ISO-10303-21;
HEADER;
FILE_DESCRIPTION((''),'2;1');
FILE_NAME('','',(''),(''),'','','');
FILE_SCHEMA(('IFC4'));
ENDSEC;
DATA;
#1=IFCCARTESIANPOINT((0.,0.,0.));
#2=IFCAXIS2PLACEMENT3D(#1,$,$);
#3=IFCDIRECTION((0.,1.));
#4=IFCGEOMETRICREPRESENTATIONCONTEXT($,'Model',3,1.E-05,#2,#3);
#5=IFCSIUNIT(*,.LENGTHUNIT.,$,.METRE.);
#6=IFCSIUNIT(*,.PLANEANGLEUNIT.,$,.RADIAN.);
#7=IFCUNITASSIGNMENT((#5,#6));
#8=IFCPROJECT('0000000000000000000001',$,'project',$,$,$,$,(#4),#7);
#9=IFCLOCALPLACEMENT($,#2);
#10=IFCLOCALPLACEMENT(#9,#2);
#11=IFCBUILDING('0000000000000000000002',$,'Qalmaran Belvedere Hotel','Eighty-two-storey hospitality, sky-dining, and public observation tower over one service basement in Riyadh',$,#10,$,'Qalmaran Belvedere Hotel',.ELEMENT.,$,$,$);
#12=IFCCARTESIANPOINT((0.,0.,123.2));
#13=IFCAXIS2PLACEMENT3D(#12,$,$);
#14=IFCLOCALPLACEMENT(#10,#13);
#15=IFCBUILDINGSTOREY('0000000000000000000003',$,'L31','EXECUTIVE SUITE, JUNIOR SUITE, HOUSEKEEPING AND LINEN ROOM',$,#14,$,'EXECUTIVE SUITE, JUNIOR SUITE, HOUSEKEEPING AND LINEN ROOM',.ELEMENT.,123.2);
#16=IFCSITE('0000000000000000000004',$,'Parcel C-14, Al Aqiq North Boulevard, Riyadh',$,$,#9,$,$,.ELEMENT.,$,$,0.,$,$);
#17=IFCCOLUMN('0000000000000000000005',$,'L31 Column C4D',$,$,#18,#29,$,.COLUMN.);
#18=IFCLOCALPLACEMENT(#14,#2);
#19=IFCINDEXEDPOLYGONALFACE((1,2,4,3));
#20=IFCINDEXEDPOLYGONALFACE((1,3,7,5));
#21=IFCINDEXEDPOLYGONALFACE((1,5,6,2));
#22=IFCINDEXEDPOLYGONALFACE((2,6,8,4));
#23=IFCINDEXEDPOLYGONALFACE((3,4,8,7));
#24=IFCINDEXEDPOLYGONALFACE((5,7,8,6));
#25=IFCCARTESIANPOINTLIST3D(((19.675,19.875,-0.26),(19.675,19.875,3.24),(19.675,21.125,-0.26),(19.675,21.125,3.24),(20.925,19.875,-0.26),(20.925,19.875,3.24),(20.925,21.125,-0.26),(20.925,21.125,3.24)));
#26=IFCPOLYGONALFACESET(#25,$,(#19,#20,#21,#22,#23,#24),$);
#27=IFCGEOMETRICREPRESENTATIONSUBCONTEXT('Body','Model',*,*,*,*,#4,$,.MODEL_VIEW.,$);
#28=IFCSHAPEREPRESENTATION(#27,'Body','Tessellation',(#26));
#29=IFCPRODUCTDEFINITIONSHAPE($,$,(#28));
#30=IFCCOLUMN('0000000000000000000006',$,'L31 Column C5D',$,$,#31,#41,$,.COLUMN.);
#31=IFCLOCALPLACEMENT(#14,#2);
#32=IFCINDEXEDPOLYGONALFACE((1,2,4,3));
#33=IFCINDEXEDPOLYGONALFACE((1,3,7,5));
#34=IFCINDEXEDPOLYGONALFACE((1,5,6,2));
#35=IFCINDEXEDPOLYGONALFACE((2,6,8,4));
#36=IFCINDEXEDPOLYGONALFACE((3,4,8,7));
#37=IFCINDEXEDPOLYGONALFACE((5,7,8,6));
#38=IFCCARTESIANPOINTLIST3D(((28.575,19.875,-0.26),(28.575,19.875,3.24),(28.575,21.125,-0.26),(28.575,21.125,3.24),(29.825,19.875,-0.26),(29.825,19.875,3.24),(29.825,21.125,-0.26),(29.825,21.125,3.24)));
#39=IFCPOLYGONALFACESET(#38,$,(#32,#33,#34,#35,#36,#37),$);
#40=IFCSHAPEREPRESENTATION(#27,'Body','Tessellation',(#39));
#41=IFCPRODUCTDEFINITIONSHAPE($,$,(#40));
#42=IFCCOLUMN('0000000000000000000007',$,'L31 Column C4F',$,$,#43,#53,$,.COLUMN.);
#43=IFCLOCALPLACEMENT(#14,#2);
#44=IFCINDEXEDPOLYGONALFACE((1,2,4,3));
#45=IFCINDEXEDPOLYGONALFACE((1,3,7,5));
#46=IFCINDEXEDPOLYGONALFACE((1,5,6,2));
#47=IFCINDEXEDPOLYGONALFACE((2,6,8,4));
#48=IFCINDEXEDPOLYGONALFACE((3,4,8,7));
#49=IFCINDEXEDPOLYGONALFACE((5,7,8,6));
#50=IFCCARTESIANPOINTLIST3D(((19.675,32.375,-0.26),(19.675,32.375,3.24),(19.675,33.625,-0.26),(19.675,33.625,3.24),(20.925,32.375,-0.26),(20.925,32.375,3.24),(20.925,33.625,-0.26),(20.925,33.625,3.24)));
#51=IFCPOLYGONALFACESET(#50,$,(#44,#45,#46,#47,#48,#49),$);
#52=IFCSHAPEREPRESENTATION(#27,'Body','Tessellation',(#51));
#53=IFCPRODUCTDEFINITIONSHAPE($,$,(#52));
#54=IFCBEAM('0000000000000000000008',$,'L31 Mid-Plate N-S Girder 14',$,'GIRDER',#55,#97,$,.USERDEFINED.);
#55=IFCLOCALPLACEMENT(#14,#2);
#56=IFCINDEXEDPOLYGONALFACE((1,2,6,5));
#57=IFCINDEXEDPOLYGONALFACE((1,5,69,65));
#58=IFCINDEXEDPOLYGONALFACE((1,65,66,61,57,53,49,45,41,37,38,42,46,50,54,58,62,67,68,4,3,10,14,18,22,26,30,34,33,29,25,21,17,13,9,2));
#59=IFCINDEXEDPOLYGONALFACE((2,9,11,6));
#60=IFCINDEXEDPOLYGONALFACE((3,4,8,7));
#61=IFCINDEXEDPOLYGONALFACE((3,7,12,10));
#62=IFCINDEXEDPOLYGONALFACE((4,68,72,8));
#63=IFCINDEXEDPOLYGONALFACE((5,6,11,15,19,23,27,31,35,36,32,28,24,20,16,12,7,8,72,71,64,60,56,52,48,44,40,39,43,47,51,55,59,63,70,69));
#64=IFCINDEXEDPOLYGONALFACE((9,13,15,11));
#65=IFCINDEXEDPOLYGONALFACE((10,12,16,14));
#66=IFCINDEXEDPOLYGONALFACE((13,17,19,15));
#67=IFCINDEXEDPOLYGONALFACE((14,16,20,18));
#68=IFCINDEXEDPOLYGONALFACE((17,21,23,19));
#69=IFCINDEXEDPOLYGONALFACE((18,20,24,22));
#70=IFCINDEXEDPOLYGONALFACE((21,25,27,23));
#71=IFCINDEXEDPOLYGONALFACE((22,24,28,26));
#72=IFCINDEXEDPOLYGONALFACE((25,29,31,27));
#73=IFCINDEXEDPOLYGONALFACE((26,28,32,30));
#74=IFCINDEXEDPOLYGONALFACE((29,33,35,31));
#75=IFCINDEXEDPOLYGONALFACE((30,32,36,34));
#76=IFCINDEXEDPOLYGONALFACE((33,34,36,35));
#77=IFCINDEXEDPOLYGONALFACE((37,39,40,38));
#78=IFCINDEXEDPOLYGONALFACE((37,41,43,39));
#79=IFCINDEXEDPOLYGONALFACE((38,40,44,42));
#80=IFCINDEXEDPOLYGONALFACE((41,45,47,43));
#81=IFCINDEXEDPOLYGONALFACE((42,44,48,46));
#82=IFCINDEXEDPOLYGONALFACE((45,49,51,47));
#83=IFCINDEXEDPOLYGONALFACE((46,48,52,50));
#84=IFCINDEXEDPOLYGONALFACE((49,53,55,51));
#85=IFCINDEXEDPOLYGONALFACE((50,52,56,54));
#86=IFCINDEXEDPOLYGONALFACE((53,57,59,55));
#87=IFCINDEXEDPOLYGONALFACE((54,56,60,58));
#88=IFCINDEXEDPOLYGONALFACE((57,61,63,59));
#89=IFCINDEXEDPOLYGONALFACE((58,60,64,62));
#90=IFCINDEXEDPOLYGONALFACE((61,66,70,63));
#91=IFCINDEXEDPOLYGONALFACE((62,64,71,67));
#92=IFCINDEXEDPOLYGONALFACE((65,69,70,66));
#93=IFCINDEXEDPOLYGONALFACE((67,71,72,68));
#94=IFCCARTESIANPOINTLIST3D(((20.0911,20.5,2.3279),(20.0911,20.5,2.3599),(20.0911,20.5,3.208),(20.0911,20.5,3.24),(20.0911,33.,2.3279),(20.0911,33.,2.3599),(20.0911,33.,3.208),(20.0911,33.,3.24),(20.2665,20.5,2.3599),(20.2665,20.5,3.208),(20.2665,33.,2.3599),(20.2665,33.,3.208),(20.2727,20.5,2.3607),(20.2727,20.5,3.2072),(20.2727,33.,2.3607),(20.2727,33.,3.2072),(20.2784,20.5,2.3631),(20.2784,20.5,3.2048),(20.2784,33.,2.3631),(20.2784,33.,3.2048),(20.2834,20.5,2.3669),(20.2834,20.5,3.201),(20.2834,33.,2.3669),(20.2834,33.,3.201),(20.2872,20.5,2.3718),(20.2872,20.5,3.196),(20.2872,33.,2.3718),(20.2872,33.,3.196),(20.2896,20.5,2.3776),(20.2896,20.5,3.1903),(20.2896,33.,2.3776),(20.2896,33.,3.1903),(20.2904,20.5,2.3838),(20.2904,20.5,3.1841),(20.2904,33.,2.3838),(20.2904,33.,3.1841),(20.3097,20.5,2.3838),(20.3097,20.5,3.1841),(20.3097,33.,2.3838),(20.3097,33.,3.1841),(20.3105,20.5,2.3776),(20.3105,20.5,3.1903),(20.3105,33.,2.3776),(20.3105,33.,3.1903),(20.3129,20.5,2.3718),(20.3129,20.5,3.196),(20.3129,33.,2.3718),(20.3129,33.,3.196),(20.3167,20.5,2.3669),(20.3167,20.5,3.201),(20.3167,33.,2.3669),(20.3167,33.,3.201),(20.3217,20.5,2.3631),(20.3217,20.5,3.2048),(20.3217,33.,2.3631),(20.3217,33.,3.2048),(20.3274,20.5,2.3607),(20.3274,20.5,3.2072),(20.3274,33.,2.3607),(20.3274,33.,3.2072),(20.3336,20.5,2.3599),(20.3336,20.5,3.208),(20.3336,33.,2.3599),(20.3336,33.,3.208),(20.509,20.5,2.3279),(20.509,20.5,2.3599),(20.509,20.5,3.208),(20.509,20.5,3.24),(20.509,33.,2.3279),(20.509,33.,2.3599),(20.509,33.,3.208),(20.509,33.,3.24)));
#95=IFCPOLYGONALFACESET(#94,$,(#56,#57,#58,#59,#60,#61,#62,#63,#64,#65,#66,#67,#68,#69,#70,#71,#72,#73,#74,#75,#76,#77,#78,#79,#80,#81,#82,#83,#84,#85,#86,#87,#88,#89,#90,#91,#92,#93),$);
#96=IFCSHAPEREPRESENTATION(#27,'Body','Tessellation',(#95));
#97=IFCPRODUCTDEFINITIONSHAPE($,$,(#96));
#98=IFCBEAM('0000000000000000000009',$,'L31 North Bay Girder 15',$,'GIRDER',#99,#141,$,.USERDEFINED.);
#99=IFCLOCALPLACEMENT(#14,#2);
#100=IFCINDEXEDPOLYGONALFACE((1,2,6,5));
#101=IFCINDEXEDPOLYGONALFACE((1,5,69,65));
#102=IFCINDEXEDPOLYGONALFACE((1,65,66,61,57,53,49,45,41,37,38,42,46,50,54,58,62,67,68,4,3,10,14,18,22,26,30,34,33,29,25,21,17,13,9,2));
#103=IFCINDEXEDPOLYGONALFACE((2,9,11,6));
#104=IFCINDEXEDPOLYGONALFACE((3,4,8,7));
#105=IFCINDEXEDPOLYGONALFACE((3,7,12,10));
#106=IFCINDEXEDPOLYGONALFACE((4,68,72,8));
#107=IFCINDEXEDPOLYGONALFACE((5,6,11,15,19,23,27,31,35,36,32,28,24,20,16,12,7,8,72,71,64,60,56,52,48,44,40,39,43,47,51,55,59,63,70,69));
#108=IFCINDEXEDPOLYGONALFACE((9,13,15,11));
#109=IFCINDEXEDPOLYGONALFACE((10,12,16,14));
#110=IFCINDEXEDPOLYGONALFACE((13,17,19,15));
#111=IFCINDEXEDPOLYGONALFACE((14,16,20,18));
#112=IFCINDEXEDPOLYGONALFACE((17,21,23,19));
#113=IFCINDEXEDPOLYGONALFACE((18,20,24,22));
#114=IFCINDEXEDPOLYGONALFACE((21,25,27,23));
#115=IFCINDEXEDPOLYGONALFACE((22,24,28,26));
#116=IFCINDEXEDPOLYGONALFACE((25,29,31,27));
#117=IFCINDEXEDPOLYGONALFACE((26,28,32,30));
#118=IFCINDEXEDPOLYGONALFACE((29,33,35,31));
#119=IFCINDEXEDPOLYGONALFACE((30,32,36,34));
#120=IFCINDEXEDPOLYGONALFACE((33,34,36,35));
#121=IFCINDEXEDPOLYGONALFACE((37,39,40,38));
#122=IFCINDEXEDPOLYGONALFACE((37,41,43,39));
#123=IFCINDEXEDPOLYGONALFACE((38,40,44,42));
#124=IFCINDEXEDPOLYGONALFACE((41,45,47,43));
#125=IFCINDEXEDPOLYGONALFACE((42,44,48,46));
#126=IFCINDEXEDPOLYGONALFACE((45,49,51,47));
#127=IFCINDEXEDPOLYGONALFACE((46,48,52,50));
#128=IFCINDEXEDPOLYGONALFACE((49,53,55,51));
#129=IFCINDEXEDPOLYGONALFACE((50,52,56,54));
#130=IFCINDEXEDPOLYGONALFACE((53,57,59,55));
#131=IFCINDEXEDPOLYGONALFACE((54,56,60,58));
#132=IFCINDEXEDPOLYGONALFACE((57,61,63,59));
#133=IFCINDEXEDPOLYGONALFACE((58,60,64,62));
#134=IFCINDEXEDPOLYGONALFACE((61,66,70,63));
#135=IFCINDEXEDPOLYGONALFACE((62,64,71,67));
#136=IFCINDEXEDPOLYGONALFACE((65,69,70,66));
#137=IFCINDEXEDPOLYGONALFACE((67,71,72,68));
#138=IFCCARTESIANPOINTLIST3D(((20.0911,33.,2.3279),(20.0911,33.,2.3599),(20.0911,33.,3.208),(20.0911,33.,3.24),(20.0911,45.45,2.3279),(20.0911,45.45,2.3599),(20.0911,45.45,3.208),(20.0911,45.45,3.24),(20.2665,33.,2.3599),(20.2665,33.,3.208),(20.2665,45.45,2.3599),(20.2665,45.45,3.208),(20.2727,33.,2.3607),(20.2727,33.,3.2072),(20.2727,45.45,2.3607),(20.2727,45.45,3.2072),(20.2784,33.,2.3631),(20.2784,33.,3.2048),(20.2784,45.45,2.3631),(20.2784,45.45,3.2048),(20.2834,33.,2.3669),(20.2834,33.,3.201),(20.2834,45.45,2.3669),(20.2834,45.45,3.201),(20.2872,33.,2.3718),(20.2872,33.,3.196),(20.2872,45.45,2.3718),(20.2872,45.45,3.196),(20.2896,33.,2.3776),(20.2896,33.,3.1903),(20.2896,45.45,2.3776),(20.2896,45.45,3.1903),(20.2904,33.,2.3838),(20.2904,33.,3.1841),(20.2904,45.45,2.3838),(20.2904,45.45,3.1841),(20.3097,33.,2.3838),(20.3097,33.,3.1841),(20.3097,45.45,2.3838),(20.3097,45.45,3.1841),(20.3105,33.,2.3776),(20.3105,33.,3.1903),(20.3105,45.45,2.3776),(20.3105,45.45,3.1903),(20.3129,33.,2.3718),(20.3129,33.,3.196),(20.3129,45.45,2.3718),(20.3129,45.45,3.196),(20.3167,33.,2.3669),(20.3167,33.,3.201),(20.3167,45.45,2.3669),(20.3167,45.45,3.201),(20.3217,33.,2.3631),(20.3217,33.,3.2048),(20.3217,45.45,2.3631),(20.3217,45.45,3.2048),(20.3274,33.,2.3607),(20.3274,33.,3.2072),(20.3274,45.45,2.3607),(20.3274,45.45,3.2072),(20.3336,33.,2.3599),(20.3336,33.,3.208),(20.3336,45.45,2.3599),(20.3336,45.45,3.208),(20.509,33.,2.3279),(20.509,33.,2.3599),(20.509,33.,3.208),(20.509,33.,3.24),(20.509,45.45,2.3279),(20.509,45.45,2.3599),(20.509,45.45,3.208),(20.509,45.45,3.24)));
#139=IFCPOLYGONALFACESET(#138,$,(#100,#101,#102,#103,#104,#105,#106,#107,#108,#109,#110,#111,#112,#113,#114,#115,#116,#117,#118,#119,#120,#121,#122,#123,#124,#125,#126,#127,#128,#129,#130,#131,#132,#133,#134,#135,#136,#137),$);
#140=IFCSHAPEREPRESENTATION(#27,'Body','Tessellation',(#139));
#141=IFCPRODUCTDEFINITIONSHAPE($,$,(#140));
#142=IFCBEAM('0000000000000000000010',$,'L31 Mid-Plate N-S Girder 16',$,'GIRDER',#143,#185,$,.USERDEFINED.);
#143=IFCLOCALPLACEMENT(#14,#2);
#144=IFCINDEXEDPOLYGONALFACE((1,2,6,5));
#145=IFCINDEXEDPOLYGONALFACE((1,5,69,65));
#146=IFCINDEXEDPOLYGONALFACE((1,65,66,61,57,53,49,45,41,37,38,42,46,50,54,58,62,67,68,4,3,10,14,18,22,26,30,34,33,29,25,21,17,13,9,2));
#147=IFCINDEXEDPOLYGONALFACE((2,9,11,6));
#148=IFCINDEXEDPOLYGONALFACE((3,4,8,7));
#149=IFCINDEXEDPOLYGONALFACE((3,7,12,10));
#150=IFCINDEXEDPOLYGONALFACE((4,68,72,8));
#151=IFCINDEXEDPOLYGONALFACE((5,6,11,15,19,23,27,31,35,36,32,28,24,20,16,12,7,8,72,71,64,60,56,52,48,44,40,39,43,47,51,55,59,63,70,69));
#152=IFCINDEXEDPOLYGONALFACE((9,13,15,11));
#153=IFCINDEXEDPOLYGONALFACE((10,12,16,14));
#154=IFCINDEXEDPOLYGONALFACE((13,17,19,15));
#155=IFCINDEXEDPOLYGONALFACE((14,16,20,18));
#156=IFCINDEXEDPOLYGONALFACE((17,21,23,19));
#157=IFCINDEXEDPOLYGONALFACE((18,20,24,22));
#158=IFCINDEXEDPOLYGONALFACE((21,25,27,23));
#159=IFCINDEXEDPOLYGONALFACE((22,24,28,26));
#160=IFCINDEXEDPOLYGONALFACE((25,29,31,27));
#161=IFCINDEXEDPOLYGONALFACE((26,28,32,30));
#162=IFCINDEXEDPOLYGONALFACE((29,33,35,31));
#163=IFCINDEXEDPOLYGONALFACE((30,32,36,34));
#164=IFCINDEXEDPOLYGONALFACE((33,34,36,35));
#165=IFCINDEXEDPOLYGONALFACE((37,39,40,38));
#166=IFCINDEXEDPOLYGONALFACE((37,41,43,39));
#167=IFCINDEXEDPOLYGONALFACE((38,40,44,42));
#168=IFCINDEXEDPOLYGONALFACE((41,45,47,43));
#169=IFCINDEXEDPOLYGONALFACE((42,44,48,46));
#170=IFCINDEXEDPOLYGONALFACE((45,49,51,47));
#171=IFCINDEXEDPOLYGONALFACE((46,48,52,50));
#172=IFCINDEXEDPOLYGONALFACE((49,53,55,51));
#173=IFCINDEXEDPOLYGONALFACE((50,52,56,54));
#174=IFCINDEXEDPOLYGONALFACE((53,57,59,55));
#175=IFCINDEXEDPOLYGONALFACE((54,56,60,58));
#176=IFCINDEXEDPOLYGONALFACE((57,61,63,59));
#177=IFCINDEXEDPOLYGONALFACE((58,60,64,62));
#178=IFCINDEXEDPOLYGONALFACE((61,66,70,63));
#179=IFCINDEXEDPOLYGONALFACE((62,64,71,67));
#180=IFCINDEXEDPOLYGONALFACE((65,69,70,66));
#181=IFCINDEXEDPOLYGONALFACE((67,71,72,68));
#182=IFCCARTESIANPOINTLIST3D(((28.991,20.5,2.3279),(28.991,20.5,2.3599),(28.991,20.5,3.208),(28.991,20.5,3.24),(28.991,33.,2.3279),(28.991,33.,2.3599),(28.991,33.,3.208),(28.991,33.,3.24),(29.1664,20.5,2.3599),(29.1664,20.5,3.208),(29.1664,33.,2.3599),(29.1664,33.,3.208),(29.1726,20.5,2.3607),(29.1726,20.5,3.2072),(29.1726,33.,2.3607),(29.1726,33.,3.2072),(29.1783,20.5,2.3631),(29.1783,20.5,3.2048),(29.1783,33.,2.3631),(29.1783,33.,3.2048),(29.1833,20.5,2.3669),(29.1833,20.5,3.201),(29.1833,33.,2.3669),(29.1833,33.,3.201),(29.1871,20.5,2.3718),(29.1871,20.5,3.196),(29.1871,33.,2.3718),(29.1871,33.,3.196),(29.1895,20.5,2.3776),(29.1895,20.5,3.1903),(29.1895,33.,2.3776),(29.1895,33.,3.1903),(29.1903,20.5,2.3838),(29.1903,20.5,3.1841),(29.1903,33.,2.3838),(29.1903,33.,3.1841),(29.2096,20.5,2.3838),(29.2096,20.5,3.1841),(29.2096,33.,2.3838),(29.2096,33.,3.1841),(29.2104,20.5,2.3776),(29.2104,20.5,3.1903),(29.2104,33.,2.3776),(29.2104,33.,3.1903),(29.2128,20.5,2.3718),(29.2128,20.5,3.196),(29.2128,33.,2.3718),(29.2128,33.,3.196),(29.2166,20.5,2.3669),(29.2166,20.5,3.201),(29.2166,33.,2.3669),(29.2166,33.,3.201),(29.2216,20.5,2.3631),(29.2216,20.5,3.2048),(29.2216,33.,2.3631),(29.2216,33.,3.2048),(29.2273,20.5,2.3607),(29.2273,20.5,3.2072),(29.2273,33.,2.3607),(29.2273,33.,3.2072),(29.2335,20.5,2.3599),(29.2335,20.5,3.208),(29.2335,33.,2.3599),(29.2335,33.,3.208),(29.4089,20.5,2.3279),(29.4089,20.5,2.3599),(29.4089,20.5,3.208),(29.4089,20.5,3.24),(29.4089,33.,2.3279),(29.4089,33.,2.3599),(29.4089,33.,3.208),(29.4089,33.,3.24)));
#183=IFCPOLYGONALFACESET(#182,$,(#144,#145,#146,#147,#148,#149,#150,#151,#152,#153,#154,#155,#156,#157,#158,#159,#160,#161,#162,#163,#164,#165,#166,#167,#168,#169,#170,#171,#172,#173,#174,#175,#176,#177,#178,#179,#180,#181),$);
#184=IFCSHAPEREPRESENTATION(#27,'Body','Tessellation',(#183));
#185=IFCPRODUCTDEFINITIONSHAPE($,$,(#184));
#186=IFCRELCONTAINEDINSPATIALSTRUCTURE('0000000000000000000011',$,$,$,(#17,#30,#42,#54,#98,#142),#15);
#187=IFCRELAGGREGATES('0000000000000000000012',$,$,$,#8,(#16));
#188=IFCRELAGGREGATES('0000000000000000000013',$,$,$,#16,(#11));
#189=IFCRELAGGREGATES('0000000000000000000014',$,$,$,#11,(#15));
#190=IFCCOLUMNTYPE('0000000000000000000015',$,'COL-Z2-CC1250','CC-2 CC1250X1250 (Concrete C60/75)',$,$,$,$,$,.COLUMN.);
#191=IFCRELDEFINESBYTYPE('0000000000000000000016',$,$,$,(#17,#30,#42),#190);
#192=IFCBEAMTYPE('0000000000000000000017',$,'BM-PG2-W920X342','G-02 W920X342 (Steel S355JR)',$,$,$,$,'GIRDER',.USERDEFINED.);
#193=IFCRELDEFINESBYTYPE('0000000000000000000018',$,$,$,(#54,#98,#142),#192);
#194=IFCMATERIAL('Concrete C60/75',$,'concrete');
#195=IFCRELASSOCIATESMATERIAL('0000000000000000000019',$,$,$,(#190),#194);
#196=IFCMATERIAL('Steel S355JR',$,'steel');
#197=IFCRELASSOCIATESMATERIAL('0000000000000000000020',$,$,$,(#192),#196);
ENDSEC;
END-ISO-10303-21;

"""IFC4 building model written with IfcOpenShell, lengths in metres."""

from ifc_helpers import new_model, si_unit, direction, frame, origin, origin_2d, place, context, subcontext, project, spatial, rectangle, i_section, extrude, material, material_profile, profile_set, type_object, element, save


model = new_model("IFC4")

# Units and contexts
model_context = context("Model", 3, precision=1e-05, world=origin(), true_north=direction((0.0, 1.0)))
body_context = subcontext(model_context, "Body", "Model", "MODEL_VIEW")
ifc_project = project(units=[si_unit("LENGTHUNIT", "METRE"), si_unit("PLANEANGLEUNIT", "RADIAN")], contexts=[model_context])

# Site, building, storey
site_placement = place(None, origin())
site = spatial("IfcSite", under=ifc_project, at=site_placement, Name="Parcel C-14, Al Aqiq North Boulevard, Riyadh", CompositionType="ELEMENT", RefElevation=0.0)
building_placement = place(site_placement, origin())
building = spatial("IfcBuilding", under=site, at=building_placement, Name="Qalmaran Belvedere Hotel", Description="Eighty-two-storey hospitality, sky-dining, and public observation tower over one service basement in Riyadh", LongName="Qalmaran Belvedere Hotel", CompositionType="ELEMENT")
storey_placement = place(building_placement, frame((0.0, 0.0, 123.2)))
storey = spatial("IfcBuildingStorey", under=building, at=storey_placement, Name="L31", Description="EXECUTIVE SUITE, JUNIOR SUITE, HOUSEKEEPING AND LINEN ROOM", LongName="EXECUTIVE SUITE, JUNIOR SUITE, HOUSEKEEPING AND LINEN ROOM", CompositionType="ELEMENT", Elevation=123.2)

# Columns
ifc_material_1 = material(Name="Concrete C60/75", Category="concrete")
ifc_material_profile_1 = material_profile(ifc_material_1, rectangle(XDim=1.25, YDim=1.25, at=origin_2d()), Name="CC1250X1250")
ifc_profile_set_1 = profile_set([ifc_material_profile_1], Name="Concrete C60/75")
column_type = type_object("IfcColumnType", Name="COL-Z2-CC1250", Description="CC-2 CC1250X1250 (Concrete C60/75)", PredefinedType="COLUMN", material=ifc_profile_set_1)
for number, where, z_axis, x_axis, name in (
    (1, (20.3, 20.5, -0.26), (0.0, 0.0, 1.0), (1.0, 0.0, 0.0), "L31 Column C4D"),
    (2, (29.2, 20.5, -0.26), (0.0, 0.0, 1.0), (1.0, 0.0, 0.0), "L31 Column C5D"),
    (3, (20.3, 33.0, -0.26), (0.0, 0.0, 1.0), (1.0, 0.0, 0.0), "L31 Column C4F"),
):
    element("IfcColumn", number, at=place(storey_placement, frame(where, z_axis=z_axis, x_axis=x_axis)), inside=storey, type_object=column_type, Name=name, PredefinedType="COLUMN", context=body_context, shape_type="SweptSolid", body=[
        extrude(rectangle(XDim=1.25, YDim=1.25, at=origin_2d()), origin(), (0.0, 0.0, 1.0), 3.5),
    ])

# Beams
ifc_material_2 = material(Name="Steel S355JR", Category="steel")
ifc_material_profile_2 = material_profile(ifc_material_2, i_section(OverallWidth=0.418, OverallDepth=0.9121, WebThickness=0.0193, FlangeThickness=0.032, FilletRadius=0.0239, at=origin_2d()), Name="W920X342")
ifc_profile_set_2 = profile_set([ifc_material_profile_2], Name="Steel S355JR")
beam_type_1 = type_object("IfcBeamType", Name="BM-PG2-W920X342", Description="G-02 W920X342 (Steel S355JR)", ElementType="GIRDER", PredefinedType="USERDEFINED", material=ifc_profile_set_2)
beam_1_placement = place(storey_placement, frame((20.3, 20.5, 2.7839), z_axis=(0.0, 1.0, 0.0), x_axis=(-1.0, 0.0, 0.0)))
element("IfcBeam", 4, at=beam_1_placement, inside=storey, type_object=beam_type_1, Name="L31 Mid-Plate N-S Girder 14", ObjectType="GIRDER", PredefinedType="USERDEFINED", context=body_context, shape_type="SweptSolid", body=[
    extrude(i_section(OverallWidth=0.418, OverallDepth=0.9121, WebThickness=0.0193, FlangeThickness=0.032, FilletRadius=0.0239, at=origin_2d()), origin(), (0.0, 0.0, 1.0), 12.5),
])
beam_2_placement = place(storey_placement, frame((20.3, 33.0, 2.7839), z_axis=(0.0, 1.0, 0.0), x_axis=(-1.0, 0.0, 0.0)))
element("IfcBeam", 5, at=beam_2_placement, inside=storey, type_object=beam_type_1, Name="L31 North Bay Girder 15", ObjectType="GIRDER", PredefinedType="USERDEFINED", context=body_context, shape_type="SweptSolid", body=[
    extrude(i_section(OverallWidth=0.418, OverallDepth=0.9121, WebThickness=0.0193, FlangeThickness=0.032, FilletRadius=0.0239, at=origin_2d()), origin(), (0.0, 0.0, 1.0), 12.45),
])
beam_3_placement = place(storey_placement, frame((29.2, 20.5, 2.7839), z_axis=(0.0, 1.0, 0.0), x_axis=(-1.0, 0.0, 0.0)))
element("IfcBeam", 6, at=beam_3_placement, inside=storey, type_object=beam_type_1, Name="L31 Mid-Plate N-S Girder 16", ObjectType="GIRDER", PredefinedType="USERDEFINED", context=body_context, shape_type="SweptSolid", body=[
    extrude(i_section(OverallWidth=0.418, OverallDepth=0.9121, WebThickness=0.0193, FlangeThickness=0.032, FilletRadius=0.0239, at=origin_2d()), origin(), (0.0, 0.0, 1.0), 12.5),
])

save(model, "model.ifc")
